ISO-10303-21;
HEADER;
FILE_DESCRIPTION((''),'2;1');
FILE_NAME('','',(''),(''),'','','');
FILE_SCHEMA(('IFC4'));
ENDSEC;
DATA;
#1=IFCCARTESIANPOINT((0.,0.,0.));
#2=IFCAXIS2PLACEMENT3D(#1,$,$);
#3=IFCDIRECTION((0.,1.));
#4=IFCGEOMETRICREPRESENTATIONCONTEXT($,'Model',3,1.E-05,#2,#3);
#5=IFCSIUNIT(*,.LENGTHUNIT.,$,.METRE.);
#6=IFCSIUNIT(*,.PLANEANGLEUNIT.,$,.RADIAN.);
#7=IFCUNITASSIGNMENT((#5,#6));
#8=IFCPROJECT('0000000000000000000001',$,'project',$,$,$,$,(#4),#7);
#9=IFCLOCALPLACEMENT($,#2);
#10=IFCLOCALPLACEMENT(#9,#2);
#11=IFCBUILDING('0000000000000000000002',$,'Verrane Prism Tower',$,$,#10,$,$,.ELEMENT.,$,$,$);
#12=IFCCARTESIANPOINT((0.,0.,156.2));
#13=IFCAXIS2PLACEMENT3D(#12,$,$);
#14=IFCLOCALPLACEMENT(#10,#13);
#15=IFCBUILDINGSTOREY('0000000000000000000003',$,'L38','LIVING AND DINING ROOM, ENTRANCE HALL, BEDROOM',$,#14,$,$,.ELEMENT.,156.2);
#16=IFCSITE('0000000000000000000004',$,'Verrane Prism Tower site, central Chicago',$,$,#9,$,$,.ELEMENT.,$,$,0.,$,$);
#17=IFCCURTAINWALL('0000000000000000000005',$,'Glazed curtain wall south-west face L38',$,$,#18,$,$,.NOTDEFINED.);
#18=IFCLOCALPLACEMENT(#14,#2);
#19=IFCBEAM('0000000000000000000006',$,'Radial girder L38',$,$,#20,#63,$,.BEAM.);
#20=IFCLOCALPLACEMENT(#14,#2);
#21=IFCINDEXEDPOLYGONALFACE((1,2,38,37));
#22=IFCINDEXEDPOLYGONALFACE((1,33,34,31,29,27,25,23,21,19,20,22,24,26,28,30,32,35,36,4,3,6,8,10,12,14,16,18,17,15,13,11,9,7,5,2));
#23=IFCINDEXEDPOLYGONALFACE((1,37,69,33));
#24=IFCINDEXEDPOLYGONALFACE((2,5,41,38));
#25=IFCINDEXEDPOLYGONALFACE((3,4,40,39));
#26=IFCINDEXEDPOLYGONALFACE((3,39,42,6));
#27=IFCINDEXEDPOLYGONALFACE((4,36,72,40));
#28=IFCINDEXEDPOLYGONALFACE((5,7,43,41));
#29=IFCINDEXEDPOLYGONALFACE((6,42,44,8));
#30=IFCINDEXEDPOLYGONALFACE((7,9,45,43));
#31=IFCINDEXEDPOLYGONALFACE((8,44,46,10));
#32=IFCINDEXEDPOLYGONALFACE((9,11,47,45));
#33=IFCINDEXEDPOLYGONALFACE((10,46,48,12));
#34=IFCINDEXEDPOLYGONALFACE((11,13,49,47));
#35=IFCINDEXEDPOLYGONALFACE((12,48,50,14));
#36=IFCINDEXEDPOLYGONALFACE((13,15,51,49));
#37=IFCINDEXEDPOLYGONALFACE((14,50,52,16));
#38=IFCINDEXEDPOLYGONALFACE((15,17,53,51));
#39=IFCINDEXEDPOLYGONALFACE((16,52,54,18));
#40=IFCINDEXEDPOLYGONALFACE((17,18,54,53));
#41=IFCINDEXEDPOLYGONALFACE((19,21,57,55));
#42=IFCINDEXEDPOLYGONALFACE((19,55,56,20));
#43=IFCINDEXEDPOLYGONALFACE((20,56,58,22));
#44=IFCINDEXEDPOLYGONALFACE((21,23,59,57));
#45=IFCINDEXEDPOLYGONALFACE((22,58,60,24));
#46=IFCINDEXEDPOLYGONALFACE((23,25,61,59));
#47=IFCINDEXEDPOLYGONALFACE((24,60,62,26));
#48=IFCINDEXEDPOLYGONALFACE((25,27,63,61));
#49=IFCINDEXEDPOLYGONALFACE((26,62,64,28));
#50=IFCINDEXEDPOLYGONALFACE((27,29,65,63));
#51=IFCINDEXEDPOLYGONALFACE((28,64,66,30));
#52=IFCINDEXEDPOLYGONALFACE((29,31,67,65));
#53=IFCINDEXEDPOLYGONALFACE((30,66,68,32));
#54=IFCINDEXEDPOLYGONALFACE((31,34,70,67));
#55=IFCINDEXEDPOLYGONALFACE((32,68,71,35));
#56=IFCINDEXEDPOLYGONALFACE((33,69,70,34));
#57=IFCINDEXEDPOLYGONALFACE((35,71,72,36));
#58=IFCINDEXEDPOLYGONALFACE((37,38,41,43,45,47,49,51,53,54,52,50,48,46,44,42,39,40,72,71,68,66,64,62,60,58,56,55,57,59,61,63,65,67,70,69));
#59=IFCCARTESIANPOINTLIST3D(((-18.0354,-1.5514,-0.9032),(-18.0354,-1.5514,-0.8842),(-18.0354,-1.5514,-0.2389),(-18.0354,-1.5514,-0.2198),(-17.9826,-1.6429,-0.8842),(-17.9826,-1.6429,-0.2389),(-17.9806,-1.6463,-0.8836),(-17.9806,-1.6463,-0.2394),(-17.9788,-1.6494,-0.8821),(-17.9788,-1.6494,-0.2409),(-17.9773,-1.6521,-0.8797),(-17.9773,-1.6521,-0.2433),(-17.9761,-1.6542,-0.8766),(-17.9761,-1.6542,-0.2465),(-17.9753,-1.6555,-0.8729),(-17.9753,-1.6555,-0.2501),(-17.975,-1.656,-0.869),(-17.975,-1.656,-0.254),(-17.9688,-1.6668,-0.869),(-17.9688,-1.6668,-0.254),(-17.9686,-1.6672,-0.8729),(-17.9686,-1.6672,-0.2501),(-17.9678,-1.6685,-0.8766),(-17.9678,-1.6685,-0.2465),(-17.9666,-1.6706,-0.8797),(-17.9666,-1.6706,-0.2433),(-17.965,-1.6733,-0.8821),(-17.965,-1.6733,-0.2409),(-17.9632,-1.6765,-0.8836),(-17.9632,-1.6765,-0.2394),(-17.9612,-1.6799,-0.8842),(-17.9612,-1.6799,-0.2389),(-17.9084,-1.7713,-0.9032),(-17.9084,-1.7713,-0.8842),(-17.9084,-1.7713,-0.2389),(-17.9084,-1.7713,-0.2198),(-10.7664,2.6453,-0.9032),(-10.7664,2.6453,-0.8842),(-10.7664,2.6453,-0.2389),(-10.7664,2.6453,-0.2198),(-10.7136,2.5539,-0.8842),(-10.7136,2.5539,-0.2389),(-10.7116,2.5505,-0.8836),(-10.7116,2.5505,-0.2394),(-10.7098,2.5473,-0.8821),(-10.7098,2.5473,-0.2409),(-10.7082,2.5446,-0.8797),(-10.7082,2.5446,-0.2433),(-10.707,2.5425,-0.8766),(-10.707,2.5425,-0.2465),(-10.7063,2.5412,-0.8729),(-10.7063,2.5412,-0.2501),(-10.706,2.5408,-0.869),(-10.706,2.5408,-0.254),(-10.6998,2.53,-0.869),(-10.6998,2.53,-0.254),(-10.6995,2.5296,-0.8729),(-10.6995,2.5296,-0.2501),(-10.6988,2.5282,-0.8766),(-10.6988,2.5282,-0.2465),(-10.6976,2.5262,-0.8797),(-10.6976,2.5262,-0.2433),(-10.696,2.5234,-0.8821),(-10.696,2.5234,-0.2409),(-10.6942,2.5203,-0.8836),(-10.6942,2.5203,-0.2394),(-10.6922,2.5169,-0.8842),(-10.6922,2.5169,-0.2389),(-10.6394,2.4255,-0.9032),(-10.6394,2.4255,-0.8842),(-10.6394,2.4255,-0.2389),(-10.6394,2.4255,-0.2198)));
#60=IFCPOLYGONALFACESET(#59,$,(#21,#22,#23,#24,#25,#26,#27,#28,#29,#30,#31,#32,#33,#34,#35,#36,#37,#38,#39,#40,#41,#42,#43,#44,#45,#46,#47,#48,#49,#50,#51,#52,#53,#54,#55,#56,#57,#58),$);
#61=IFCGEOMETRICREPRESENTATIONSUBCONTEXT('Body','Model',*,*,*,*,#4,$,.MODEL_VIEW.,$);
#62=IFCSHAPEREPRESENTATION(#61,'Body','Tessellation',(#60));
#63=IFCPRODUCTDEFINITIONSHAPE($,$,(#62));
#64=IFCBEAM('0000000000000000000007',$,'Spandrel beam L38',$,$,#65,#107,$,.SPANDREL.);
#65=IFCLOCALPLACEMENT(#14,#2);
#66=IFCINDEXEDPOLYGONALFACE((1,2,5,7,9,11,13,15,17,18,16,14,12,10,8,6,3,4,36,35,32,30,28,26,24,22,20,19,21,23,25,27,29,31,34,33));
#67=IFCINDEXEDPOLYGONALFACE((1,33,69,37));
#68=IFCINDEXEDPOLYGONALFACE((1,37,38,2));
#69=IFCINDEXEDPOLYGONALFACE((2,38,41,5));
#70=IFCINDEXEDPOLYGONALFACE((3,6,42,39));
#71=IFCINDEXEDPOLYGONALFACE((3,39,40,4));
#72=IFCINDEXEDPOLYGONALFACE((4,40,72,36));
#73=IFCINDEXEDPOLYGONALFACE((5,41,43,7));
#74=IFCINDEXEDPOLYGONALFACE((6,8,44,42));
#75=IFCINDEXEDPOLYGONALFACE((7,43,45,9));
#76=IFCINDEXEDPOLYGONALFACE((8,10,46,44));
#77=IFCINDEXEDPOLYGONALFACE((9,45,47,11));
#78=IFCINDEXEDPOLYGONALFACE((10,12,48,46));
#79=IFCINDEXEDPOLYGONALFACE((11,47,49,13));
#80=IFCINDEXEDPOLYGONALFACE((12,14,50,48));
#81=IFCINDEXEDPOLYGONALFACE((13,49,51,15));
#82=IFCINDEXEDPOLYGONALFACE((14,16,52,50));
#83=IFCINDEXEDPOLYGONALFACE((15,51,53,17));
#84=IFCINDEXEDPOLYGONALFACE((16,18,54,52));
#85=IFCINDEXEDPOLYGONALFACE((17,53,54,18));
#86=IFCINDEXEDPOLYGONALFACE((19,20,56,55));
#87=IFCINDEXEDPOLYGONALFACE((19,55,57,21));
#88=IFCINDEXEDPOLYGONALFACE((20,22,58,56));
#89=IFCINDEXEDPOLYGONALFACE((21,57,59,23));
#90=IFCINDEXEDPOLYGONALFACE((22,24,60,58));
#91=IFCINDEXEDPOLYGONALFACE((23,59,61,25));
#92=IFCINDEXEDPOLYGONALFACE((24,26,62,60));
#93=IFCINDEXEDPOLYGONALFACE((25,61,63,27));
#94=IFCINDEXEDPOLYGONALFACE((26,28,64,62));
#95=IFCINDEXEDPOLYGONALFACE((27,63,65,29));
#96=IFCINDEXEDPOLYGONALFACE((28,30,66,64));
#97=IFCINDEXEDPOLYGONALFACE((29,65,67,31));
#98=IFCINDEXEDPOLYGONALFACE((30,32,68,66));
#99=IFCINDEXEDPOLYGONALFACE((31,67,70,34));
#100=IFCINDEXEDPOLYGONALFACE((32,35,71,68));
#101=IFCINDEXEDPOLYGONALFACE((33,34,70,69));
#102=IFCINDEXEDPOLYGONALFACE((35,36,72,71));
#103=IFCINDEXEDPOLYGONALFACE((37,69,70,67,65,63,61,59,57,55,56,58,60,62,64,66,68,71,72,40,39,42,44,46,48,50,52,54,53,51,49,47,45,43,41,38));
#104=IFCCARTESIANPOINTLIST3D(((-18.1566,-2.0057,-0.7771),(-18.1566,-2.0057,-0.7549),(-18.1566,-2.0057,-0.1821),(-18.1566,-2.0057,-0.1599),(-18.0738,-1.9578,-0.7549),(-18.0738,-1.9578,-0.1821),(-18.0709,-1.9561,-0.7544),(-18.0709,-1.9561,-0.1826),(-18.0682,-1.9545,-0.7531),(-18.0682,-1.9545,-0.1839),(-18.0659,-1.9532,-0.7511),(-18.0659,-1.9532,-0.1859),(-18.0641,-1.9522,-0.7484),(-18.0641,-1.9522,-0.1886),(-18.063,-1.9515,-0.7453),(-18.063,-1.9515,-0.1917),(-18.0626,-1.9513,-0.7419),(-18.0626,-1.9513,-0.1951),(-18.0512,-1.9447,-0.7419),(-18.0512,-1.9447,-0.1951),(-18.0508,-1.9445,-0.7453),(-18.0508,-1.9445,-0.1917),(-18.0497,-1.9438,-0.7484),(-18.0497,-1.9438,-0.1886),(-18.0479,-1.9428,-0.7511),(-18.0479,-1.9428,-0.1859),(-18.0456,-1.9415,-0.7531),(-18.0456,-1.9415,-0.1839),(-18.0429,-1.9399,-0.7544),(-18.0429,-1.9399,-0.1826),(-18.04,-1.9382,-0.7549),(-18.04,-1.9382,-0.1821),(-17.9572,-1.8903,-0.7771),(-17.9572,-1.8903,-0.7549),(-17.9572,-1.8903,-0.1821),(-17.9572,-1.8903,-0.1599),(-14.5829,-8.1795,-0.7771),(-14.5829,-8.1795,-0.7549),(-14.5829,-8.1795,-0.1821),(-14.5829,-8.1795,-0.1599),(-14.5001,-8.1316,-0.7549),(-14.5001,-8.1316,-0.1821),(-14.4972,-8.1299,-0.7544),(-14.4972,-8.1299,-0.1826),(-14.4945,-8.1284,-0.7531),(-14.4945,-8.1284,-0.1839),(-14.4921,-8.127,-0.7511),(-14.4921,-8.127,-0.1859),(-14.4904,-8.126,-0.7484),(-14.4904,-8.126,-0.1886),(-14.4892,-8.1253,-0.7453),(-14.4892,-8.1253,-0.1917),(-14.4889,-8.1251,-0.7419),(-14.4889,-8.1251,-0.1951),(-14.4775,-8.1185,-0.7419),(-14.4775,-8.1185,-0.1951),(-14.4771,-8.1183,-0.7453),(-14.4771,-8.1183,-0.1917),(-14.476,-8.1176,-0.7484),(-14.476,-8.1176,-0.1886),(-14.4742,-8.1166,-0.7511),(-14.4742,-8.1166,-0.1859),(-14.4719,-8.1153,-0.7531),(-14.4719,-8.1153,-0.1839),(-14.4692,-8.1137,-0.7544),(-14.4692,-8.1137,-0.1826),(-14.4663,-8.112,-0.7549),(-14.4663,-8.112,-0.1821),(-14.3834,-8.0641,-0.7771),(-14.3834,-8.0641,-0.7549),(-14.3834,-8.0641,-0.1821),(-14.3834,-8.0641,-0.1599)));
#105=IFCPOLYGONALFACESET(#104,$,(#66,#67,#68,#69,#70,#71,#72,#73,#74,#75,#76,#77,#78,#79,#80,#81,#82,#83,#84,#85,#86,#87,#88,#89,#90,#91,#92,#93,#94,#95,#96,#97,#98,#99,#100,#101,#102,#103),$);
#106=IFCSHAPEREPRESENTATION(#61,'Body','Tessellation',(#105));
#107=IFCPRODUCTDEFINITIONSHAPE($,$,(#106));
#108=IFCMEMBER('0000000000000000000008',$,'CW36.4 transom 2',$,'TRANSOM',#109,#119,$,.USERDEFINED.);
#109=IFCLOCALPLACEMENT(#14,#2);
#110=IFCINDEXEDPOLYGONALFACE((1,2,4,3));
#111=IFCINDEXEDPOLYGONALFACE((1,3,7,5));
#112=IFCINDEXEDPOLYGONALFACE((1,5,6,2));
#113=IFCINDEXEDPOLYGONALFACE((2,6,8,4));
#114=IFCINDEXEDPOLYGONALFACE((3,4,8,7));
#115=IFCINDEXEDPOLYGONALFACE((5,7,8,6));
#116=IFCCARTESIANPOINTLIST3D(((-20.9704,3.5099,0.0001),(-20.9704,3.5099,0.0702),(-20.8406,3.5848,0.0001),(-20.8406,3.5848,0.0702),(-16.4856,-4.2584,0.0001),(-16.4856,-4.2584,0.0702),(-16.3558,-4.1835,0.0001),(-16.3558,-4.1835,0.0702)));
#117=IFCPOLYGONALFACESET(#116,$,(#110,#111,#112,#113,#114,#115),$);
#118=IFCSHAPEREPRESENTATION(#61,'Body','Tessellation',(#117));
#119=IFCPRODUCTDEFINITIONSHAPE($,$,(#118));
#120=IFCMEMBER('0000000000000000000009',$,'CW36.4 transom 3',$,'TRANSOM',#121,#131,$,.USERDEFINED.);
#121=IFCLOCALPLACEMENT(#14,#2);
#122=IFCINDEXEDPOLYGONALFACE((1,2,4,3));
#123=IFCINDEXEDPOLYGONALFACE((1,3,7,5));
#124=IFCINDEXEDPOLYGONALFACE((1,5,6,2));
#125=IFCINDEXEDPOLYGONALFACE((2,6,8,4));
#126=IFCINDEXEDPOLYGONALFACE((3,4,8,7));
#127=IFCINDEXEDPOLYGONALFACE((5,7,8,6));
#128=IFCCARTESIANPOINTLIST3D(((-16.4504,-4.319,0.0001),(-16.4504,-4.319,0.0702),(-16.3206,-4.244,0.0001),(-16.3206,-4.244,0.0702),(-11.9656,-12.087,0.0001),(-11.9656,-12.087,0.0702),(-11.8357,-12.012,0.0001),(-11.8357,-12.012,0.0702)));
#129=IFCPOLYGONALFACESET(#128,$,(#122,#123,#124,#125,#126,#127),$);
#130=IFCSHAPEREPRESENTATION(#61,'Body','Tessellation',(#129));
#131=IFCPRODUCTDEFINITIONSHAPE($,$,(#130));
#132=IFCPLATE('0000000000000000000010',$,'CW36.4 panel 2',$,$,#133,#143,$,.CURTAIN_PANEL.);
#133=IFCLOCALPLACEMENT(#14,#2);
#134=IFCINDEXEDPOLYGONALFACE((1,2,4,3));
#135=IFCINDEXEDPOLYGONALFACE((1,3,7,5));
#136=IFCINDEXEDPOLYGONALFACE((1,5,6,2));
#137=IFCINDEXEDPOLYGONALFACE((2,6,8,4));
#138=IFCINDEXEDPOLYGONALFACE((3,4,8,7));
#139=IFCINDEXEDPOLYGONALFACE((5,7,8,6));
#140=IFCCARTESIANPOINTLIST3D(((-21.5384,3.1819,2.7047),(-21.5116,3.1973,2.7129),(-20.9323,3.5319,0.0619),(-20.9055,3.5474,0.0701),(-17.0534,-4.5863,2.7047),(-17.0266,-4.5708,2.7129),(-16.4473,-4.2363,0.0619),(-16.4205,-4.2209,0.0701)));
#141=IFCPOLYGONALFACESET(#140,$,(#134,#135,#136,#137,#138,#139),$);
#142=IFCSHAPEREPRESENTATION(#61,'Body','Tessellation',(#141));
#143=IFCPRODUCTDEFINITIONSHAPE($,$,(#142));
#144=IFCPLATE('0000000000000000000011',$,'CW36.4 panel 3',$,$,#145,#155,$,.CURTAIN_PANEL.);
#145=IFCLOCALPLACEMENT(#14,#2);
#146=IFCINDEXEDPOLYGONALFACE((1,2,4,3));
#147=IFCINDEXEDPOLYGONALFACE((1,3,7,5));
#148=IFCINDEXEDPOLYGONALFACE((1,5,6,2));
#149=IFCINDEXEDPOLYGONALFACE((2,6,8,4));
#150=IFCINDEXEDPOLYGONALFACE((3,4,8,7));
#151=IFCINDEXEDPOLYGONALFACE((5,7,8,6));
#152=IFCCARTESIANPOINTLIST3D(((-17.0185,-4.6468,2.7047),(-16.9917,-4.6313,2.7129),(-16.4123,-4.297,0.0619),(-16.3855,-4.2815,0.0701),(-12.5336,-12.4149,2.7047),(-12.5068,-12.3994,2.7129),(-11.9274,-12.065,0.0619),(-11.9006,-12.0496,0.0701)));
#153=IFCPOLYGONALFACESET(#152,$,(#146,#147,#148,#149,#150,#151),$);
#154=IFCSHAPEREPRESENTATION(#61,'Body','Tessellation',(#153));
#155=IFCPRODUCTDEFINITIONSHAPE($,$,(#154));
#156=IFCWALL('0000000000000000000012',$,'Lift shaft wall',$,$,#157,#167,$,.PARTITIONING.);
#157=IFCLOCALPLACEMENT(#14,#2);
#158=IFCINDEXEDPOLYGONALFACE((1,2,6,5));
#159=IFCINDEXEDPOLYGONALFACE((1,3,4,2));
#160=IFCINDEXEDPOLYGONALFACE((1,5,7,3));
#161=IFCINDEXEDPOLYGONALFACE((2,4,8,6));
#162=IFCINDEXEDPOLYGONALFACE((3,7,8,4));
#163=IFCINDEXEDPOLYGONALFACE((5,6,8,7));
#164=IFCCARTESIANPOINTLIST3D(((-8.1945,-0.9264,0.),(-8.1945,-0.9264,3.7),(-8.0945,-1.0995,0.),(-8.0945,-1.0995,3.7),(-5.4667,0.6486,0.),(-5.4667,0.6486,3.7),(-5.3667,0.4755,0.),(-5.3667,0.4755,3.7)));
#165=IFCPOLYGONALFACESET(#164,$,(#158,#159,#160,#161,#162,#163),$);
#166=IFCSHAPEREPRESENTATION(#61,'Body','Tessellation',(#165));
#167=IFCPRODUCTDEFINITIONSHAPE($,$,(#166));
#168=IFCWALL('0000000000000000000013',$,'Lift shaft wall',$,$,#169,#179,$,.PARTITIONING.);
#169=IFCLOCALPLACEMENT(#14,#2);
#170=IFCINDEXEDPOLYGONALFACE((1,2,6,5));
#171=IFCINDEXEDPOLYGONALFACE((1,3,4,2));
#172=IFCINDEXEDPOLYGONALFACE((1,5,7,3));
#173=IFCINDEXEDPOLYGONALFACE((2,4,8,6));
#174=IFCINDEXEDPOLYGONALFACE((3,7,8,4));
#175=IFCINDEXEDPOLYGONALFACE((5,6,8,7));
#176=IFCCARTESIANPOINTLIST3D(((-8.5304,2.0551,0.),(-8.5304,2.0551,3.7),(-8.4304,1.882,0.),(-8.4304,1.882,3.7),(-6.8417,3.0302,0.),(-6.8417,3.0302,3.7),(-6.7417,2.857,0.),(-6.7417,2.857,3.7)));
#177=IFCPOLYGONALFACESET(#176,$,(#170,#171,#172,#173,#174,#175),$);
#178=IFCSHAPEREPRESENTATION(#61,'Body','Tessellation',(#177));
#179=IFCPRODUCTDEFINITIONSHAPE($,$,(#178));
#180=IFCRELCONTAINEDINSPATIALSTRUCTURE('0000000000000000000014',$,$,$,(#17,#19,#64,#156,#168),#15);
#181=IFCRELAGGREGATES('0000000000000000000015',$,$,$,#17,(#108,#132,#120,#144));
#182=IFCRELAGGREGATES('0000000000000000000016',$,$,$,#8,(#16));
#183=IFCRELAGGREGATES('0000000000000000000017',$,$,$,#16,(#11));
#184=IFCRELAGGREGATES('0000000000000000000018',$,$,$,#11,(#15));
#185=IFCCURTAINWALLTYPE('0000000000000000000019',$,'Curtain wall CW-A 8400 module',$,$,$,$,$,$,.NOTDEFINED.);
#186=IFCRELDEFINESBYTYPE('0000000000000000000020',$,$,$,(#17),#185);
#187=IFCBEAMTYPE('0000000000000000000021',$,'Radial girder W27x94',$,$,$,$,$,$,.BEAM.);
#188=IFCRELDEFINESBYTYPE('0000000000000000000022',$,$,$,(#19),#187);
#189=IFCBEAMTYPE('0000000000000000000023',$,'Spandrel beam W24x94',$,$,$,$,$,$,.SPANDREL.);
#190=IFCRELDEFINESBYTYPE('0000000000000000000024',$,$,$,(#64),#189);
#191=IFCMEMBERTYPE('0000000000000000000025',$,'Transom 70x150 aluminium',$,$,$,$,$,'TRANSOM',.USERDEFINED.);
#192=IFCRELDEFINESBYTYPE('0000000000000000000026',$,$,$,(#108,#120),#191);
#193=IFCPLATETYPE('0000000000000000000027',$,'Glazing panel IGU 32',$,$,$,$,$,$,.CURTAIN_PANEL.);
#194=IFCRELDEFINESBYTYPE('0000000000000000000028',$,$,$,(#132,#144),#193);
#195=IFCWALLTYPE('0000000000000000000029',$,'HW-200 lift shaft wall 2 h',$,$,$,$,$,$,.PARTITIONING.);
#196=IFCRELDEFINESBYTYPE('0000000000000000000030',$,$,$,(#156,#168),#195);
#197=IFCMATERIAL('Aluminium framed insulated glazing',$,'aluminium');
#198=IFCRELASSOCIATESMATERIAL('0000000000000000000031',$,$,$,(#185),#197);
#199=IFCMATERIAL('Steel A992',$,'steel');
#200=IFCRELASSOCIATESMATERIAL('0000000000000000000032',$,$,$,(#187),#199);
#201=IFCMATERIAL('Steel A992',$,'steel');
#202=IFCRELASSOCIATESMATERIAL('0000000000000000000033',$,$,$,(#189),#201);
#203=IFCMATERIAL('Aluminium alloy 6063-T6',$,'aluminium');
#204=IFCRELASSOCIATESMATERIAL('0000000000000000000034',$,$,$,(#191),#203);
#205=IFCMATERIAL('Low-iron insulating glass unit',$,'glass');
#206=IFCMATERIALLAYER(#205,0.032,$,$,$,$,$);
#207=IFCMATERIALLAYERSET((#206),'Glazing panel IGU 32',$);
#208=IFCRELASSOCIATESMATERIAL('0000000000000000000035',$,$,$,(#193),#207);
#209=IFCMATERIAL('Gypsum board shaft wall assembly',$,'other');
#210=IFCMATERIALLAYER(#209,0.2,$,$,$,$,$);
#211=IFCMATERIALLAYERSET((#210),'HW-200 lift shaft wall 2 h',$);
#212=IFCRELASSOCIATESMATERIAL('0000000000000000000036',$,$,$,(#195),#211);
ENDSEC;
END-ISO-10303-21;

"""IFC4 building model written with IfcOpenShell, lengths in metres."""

from ifc_helpers import new_model, si_unit, direction, frame, frame_2d, origin, origin_2d, place, context, subcontext, project, spatial, polyline, rectangle, i_section, outline, extrude, material, layer, layer_set, material_profile, profile_set, type_object, element, aggregate, save


model = new_model("IFC4")

# Units and contexts
model_context = context("Model", 3, precision=1e-05, world=origin(), true_north=direction((0.0, 1.0)))
body_context = subcontext(model_context, "Body", "Model", "MODEL_VIEW")
ifc_project = project(units=[si_unit("LENGTHUNIT", "METRE"), si_unit("PLANEANGLEUNIT", "RADIAN")], contexts=[model_context])

# Site, building, storey
site_placement = place(None, origin())
site = spatial("IfcSite", under=ifc_project, at=site_placement, Name="Verrane Prism Tower site, central Chicago", CompositionType="ELEMENT", RefElevation=0.0)
building_placement = place(site_placement, origin())
building = spatial("IfcBuilding", under=site, at=building_placement, Name="Verrane Prism Tower", CompositionType="ELEMENT")
storey_placement = place(building_placement, frame((0.0, 0.0, 156.2)))
storey = spatial("IfcBuildingStorey", under=building, at=storey_placement, Name="L38", Description="LIVING AND DINING ROOM, ENTRANCE HALL, BEDROOM", CompositionType="ELEMENT", Elevation=156.2)

# Curtain wall
ifc_material_1 = material(Name="Aluminium framed insulated glazing", Category="aluminium")
curtain_wall_type = type_object("IfcCurtainWallType", Name="Curtain wall CW-A 8400 module", PredefinedType="NOTDEFINED", material=ifc_material_1)
curtain_wall_placement = place(storey_placement, origin())
curtain_wall = element("IfcCurtainWall", 1, at=curtain_wall_placement, inside=storey, type_object=curtain_wall_type, Name="Glazed curtain wall south-west face L38", PredefinedType="NOTDEFINED")

# Beams
ifc_material_2 = material(Name="Steel A992", Category="steel")
ifc_material_profile_1 = material_profile(ifc_material_2, i_section(OverallWidth=0.2539, OverallDepth=0.6833, WebThickness=0.0125, FlangeThickness=0.019, FilletRadius=0.0151, at=origin_2d()), Name="W27x94")
ifc_profile_set_1 = profile_set([ifc_material_profile_1], Name="Steel A992")
beam_type_1 = type_object("IfcBeamType", Name="Radial girder W27x94", PredefinedType="BEAM", material=ifc_profile_set_1)
beam_1_placement = place(storey_placement, frame((-17.9719, -1.6614, -0.5615), z_axis=(0.866026, 0.499999, 0.0), x_axis=(-0.499999, 0.866026, 0.0)))
element("IfcBeam", 2, at=beam_1_placement, inside=storey, type_object=beam_type_1, Name="Radial girder L38", PredefinedType="BEAM", context=body_context, shape_type="SweptSolid", body=[
    extrude(i_section(OverallWidth=0.2539, OverallDepth=0.6833, WebThickness=0.0125, FlangeThickness=0.019, FilletRadius=0.0151, at=origin_2d()), origin(), (0.0, 0.0, 1.0), 8.3936),
])
ifc_material_3 = material(Name="Steel A992", Category="steel")
ifc_material_profile_2 = material_profile(ifc_material_3, i_section(OverallWidth=0.2305, OverallDepth=0.6172, WebThickness=0.0132, FlangeThickness=0.0222, FilletRadius=0.0129, at=origin_2d()), Name="W24x94")
ifc_profile_set_2 = profile_set([ifc_material_profile_2], Name="Steel A992")
beam_type_2 = type_object("IfcBeamType", Name="Spandrel beam W24x94", PredefinedType="SPANDREL", material=ifc_profile_set_2)
beam_2_placement = place(storey_placement, frame((-18.0569, -1.948, -0.4685), z_axis=(0.500974, -0.865462, 0.0), x_axis=(0.865462, 0.500974, 0.0)))
element("IfcBeam", 3, at=beam_2_placement, inside=storey, type_object=beam_type_2, Name="Spandrel beam L38", PredefinedType="SPANDREL", context=body_context, shape_type="SweptSolid", body=[
    extrude(i_section(OverallWidth=0.2305, OverallDepth=0.6172, WebThickness=0.0132, FlangeThickness=0.0222, FilletRadius=0.0129, at=origin_2d()), origin(), (0.0, 0.0, 1.0), 7.1335),
])

# Members
ifc_material_4 = material(Name="Aluminium alloy 6063-T6", Category="aluminium")
ifc_material_profile_3 = material_profile(ifc_material_4, rectangle(XDim=0.1499, YDim=0.0701, at=origin_2d()), Name="Transom 70x150 aluminium")
ifc_profile_set_3 = profile_set([ifc_material_profile_3], Name="Aluminium alloy 6063-T6")
member_type_1 = type_object("IfcMemberType", Name="Transom 70x150 aluminium", ElementType="TRANSOM", PredefinedType="USERDEFINED", material=ifc_profile_set_3)
member_1_placement = place(storey_placement, frame((-20.9055, 3.5474, 0.0352), z_axis=(0.499986, -0.866034, 0.0), x_axis=(0.866034, 0.499986, 0.0)))
member_1 = element("IfcMember", 4, at=member_1_placement, type_object=member_type_1, Name="CW36.4 transom 2", ObjectType="TRANSOM", PredefinedType="USERDEFINED", context=body_context, shape_type="SweptSolid", body=[
    extrude(rectangle(XDim=0.1499, YDim=0.0701, at=origin_2d()), origin(), (0.0, 0.0, 1.0), 8.97),
])
member_2_placement = place(storey_placement, frame((-16.3855, -4.2815, 0.0352), z_axis=(0.499997, -0.866027, 0.0), x_axis=(0.866027, 0.499997, 0.0)))
member_2 = element("IfcMember", 5, at=member_2_placement, type_object=member_type_1, Name="CW36.4 transom 3", ObjectType="TRANSOM", PredefinedType="USERDEFINED", context=body_context, shape_type="SweptSolid", body=[
    extrude(rectangle(XDim=0.1499, YDim=0.0701, at=origin_2d()), origin(), (0.0, 0.0, 1.0), 8.9697),
])

# Plates
ifc_material_5 = material(Name="Low-iron insulating glass unit", Category="glass")
ifc_layer_1 = layer(ifc_material_5, 0.032)
ifc_layer_set_1 = layer_set([ifc_layer_1], Name="Glazing panel IGU 32")
plate_type = type_object("IfcPlateType", Name="Glazing panel IGU 32", PredefinedType="CURTAIN_PANEL", material=ifc_layer_set_1)
plate_1_placement = place(storey_placement, frame((-20.9055, 3.5474, 0.0701), z_axis=(0.837167, 0.483341, 0.255994), x_axis=(0.500001, -0.866025, 0.000005)))
plate_1 = element("IfcPlate", 6, at=plate_1_placement, type_object=plate_type, Name="CW36.4 panel 2", PredefinedType="CURTAIN_PANEL", context=body_context, shape_type="SweptSolid", body=[
    extrude(outline(polyline([(0.0, 0.0), (8.97, 0.0), (8.97, -2.7339), (0.0001, -2.734), (0.0, 0.0)])), origin(), (0.0, 0.0, -1.0), 0.032),
])
plate_2_placement = place(storey_placement, frame((-16.3855, -4.2815, 0.0701), z_axis=(0.837166, 0.483335, 0.256009), x_axis=(0.499997, -0.866027, 0.0)))
plate_2 = element("IfcPlate", 7, at=plate_2_placement, type_object=plate_type, Name="CW36.4 panel 3", PredefinedType="CURTAIN_PANEL", context=body_context, shape_type="SweptSolid", body=[
    extrude(outline(polyline([(0.0, 0.0), (8.9698, 0.0), (8.9697, -2.7339), (-0.0001, -2.7339), (0.0, 0.0)])), origin(), (0.0, 0.0, -1.0), 0.032),
])
aggregate(curtain_wall, [member_1, plate_1, member_2, plate_2])

# Walls
ifc_material_6 = material(Name="Gypsum board shaft wall assembly", Category="other")
ifc_layer_2 = layer(ifc_material_6, 0.2)
ifc_layer_set_2 = layer_set([ifc_layer_2], Name="HW-200 lift shaft wall 2 h")
wall_type_1 = type_object("IfcWallType", Name="HW-200 lift shaft wall 2 h", PredefinedType="PARTITIONING", material=ifc_layer_set_2)
wall_1_placement = place(storey_placement, frame((-8.1445, -1.0129, 0.0), z_axis=(0.0, 0.0, 1.0), x_axis=(0.866016, 0.500015, 0.0)))
element("IfcWall", 8, at=wall_1_placement, inside=storey, type_object=wall_type_1, Name="Lift shaft wall", PredefinedType="PARTITIONING", context=body_context, shape_type="SweptSolid", body=[
    extrude(rectangle(XDim=3.1499, YDim=0.2, at=frame_2d((1.575, 0.0))), origin(), (0.0, 0.0, 1.0), 3.7),
])
wall_2_placement = place(storey_placement, frame((-8.4805, 1.9685, 0.0), z_axis=(0.0, 0.0, 1.0), x_axis=(0.866, 0.500044, 0.0)))
element("IfcWall", 9, at=wall_2_placement, inside=storey, type_object=wall_type_1, Name="Lift shaft wall", PredefinedType="PARTITIONING", context=body_context, shape_type="SweptSolid", body=[
    extrude(rectangle(XDim=1.95, YDim=0.2, at=frame_2d((0.9751, 0.0))), origin(), (0.0, 0.0, 1.0), 3.7),
])

save(model, "model.ifc")
